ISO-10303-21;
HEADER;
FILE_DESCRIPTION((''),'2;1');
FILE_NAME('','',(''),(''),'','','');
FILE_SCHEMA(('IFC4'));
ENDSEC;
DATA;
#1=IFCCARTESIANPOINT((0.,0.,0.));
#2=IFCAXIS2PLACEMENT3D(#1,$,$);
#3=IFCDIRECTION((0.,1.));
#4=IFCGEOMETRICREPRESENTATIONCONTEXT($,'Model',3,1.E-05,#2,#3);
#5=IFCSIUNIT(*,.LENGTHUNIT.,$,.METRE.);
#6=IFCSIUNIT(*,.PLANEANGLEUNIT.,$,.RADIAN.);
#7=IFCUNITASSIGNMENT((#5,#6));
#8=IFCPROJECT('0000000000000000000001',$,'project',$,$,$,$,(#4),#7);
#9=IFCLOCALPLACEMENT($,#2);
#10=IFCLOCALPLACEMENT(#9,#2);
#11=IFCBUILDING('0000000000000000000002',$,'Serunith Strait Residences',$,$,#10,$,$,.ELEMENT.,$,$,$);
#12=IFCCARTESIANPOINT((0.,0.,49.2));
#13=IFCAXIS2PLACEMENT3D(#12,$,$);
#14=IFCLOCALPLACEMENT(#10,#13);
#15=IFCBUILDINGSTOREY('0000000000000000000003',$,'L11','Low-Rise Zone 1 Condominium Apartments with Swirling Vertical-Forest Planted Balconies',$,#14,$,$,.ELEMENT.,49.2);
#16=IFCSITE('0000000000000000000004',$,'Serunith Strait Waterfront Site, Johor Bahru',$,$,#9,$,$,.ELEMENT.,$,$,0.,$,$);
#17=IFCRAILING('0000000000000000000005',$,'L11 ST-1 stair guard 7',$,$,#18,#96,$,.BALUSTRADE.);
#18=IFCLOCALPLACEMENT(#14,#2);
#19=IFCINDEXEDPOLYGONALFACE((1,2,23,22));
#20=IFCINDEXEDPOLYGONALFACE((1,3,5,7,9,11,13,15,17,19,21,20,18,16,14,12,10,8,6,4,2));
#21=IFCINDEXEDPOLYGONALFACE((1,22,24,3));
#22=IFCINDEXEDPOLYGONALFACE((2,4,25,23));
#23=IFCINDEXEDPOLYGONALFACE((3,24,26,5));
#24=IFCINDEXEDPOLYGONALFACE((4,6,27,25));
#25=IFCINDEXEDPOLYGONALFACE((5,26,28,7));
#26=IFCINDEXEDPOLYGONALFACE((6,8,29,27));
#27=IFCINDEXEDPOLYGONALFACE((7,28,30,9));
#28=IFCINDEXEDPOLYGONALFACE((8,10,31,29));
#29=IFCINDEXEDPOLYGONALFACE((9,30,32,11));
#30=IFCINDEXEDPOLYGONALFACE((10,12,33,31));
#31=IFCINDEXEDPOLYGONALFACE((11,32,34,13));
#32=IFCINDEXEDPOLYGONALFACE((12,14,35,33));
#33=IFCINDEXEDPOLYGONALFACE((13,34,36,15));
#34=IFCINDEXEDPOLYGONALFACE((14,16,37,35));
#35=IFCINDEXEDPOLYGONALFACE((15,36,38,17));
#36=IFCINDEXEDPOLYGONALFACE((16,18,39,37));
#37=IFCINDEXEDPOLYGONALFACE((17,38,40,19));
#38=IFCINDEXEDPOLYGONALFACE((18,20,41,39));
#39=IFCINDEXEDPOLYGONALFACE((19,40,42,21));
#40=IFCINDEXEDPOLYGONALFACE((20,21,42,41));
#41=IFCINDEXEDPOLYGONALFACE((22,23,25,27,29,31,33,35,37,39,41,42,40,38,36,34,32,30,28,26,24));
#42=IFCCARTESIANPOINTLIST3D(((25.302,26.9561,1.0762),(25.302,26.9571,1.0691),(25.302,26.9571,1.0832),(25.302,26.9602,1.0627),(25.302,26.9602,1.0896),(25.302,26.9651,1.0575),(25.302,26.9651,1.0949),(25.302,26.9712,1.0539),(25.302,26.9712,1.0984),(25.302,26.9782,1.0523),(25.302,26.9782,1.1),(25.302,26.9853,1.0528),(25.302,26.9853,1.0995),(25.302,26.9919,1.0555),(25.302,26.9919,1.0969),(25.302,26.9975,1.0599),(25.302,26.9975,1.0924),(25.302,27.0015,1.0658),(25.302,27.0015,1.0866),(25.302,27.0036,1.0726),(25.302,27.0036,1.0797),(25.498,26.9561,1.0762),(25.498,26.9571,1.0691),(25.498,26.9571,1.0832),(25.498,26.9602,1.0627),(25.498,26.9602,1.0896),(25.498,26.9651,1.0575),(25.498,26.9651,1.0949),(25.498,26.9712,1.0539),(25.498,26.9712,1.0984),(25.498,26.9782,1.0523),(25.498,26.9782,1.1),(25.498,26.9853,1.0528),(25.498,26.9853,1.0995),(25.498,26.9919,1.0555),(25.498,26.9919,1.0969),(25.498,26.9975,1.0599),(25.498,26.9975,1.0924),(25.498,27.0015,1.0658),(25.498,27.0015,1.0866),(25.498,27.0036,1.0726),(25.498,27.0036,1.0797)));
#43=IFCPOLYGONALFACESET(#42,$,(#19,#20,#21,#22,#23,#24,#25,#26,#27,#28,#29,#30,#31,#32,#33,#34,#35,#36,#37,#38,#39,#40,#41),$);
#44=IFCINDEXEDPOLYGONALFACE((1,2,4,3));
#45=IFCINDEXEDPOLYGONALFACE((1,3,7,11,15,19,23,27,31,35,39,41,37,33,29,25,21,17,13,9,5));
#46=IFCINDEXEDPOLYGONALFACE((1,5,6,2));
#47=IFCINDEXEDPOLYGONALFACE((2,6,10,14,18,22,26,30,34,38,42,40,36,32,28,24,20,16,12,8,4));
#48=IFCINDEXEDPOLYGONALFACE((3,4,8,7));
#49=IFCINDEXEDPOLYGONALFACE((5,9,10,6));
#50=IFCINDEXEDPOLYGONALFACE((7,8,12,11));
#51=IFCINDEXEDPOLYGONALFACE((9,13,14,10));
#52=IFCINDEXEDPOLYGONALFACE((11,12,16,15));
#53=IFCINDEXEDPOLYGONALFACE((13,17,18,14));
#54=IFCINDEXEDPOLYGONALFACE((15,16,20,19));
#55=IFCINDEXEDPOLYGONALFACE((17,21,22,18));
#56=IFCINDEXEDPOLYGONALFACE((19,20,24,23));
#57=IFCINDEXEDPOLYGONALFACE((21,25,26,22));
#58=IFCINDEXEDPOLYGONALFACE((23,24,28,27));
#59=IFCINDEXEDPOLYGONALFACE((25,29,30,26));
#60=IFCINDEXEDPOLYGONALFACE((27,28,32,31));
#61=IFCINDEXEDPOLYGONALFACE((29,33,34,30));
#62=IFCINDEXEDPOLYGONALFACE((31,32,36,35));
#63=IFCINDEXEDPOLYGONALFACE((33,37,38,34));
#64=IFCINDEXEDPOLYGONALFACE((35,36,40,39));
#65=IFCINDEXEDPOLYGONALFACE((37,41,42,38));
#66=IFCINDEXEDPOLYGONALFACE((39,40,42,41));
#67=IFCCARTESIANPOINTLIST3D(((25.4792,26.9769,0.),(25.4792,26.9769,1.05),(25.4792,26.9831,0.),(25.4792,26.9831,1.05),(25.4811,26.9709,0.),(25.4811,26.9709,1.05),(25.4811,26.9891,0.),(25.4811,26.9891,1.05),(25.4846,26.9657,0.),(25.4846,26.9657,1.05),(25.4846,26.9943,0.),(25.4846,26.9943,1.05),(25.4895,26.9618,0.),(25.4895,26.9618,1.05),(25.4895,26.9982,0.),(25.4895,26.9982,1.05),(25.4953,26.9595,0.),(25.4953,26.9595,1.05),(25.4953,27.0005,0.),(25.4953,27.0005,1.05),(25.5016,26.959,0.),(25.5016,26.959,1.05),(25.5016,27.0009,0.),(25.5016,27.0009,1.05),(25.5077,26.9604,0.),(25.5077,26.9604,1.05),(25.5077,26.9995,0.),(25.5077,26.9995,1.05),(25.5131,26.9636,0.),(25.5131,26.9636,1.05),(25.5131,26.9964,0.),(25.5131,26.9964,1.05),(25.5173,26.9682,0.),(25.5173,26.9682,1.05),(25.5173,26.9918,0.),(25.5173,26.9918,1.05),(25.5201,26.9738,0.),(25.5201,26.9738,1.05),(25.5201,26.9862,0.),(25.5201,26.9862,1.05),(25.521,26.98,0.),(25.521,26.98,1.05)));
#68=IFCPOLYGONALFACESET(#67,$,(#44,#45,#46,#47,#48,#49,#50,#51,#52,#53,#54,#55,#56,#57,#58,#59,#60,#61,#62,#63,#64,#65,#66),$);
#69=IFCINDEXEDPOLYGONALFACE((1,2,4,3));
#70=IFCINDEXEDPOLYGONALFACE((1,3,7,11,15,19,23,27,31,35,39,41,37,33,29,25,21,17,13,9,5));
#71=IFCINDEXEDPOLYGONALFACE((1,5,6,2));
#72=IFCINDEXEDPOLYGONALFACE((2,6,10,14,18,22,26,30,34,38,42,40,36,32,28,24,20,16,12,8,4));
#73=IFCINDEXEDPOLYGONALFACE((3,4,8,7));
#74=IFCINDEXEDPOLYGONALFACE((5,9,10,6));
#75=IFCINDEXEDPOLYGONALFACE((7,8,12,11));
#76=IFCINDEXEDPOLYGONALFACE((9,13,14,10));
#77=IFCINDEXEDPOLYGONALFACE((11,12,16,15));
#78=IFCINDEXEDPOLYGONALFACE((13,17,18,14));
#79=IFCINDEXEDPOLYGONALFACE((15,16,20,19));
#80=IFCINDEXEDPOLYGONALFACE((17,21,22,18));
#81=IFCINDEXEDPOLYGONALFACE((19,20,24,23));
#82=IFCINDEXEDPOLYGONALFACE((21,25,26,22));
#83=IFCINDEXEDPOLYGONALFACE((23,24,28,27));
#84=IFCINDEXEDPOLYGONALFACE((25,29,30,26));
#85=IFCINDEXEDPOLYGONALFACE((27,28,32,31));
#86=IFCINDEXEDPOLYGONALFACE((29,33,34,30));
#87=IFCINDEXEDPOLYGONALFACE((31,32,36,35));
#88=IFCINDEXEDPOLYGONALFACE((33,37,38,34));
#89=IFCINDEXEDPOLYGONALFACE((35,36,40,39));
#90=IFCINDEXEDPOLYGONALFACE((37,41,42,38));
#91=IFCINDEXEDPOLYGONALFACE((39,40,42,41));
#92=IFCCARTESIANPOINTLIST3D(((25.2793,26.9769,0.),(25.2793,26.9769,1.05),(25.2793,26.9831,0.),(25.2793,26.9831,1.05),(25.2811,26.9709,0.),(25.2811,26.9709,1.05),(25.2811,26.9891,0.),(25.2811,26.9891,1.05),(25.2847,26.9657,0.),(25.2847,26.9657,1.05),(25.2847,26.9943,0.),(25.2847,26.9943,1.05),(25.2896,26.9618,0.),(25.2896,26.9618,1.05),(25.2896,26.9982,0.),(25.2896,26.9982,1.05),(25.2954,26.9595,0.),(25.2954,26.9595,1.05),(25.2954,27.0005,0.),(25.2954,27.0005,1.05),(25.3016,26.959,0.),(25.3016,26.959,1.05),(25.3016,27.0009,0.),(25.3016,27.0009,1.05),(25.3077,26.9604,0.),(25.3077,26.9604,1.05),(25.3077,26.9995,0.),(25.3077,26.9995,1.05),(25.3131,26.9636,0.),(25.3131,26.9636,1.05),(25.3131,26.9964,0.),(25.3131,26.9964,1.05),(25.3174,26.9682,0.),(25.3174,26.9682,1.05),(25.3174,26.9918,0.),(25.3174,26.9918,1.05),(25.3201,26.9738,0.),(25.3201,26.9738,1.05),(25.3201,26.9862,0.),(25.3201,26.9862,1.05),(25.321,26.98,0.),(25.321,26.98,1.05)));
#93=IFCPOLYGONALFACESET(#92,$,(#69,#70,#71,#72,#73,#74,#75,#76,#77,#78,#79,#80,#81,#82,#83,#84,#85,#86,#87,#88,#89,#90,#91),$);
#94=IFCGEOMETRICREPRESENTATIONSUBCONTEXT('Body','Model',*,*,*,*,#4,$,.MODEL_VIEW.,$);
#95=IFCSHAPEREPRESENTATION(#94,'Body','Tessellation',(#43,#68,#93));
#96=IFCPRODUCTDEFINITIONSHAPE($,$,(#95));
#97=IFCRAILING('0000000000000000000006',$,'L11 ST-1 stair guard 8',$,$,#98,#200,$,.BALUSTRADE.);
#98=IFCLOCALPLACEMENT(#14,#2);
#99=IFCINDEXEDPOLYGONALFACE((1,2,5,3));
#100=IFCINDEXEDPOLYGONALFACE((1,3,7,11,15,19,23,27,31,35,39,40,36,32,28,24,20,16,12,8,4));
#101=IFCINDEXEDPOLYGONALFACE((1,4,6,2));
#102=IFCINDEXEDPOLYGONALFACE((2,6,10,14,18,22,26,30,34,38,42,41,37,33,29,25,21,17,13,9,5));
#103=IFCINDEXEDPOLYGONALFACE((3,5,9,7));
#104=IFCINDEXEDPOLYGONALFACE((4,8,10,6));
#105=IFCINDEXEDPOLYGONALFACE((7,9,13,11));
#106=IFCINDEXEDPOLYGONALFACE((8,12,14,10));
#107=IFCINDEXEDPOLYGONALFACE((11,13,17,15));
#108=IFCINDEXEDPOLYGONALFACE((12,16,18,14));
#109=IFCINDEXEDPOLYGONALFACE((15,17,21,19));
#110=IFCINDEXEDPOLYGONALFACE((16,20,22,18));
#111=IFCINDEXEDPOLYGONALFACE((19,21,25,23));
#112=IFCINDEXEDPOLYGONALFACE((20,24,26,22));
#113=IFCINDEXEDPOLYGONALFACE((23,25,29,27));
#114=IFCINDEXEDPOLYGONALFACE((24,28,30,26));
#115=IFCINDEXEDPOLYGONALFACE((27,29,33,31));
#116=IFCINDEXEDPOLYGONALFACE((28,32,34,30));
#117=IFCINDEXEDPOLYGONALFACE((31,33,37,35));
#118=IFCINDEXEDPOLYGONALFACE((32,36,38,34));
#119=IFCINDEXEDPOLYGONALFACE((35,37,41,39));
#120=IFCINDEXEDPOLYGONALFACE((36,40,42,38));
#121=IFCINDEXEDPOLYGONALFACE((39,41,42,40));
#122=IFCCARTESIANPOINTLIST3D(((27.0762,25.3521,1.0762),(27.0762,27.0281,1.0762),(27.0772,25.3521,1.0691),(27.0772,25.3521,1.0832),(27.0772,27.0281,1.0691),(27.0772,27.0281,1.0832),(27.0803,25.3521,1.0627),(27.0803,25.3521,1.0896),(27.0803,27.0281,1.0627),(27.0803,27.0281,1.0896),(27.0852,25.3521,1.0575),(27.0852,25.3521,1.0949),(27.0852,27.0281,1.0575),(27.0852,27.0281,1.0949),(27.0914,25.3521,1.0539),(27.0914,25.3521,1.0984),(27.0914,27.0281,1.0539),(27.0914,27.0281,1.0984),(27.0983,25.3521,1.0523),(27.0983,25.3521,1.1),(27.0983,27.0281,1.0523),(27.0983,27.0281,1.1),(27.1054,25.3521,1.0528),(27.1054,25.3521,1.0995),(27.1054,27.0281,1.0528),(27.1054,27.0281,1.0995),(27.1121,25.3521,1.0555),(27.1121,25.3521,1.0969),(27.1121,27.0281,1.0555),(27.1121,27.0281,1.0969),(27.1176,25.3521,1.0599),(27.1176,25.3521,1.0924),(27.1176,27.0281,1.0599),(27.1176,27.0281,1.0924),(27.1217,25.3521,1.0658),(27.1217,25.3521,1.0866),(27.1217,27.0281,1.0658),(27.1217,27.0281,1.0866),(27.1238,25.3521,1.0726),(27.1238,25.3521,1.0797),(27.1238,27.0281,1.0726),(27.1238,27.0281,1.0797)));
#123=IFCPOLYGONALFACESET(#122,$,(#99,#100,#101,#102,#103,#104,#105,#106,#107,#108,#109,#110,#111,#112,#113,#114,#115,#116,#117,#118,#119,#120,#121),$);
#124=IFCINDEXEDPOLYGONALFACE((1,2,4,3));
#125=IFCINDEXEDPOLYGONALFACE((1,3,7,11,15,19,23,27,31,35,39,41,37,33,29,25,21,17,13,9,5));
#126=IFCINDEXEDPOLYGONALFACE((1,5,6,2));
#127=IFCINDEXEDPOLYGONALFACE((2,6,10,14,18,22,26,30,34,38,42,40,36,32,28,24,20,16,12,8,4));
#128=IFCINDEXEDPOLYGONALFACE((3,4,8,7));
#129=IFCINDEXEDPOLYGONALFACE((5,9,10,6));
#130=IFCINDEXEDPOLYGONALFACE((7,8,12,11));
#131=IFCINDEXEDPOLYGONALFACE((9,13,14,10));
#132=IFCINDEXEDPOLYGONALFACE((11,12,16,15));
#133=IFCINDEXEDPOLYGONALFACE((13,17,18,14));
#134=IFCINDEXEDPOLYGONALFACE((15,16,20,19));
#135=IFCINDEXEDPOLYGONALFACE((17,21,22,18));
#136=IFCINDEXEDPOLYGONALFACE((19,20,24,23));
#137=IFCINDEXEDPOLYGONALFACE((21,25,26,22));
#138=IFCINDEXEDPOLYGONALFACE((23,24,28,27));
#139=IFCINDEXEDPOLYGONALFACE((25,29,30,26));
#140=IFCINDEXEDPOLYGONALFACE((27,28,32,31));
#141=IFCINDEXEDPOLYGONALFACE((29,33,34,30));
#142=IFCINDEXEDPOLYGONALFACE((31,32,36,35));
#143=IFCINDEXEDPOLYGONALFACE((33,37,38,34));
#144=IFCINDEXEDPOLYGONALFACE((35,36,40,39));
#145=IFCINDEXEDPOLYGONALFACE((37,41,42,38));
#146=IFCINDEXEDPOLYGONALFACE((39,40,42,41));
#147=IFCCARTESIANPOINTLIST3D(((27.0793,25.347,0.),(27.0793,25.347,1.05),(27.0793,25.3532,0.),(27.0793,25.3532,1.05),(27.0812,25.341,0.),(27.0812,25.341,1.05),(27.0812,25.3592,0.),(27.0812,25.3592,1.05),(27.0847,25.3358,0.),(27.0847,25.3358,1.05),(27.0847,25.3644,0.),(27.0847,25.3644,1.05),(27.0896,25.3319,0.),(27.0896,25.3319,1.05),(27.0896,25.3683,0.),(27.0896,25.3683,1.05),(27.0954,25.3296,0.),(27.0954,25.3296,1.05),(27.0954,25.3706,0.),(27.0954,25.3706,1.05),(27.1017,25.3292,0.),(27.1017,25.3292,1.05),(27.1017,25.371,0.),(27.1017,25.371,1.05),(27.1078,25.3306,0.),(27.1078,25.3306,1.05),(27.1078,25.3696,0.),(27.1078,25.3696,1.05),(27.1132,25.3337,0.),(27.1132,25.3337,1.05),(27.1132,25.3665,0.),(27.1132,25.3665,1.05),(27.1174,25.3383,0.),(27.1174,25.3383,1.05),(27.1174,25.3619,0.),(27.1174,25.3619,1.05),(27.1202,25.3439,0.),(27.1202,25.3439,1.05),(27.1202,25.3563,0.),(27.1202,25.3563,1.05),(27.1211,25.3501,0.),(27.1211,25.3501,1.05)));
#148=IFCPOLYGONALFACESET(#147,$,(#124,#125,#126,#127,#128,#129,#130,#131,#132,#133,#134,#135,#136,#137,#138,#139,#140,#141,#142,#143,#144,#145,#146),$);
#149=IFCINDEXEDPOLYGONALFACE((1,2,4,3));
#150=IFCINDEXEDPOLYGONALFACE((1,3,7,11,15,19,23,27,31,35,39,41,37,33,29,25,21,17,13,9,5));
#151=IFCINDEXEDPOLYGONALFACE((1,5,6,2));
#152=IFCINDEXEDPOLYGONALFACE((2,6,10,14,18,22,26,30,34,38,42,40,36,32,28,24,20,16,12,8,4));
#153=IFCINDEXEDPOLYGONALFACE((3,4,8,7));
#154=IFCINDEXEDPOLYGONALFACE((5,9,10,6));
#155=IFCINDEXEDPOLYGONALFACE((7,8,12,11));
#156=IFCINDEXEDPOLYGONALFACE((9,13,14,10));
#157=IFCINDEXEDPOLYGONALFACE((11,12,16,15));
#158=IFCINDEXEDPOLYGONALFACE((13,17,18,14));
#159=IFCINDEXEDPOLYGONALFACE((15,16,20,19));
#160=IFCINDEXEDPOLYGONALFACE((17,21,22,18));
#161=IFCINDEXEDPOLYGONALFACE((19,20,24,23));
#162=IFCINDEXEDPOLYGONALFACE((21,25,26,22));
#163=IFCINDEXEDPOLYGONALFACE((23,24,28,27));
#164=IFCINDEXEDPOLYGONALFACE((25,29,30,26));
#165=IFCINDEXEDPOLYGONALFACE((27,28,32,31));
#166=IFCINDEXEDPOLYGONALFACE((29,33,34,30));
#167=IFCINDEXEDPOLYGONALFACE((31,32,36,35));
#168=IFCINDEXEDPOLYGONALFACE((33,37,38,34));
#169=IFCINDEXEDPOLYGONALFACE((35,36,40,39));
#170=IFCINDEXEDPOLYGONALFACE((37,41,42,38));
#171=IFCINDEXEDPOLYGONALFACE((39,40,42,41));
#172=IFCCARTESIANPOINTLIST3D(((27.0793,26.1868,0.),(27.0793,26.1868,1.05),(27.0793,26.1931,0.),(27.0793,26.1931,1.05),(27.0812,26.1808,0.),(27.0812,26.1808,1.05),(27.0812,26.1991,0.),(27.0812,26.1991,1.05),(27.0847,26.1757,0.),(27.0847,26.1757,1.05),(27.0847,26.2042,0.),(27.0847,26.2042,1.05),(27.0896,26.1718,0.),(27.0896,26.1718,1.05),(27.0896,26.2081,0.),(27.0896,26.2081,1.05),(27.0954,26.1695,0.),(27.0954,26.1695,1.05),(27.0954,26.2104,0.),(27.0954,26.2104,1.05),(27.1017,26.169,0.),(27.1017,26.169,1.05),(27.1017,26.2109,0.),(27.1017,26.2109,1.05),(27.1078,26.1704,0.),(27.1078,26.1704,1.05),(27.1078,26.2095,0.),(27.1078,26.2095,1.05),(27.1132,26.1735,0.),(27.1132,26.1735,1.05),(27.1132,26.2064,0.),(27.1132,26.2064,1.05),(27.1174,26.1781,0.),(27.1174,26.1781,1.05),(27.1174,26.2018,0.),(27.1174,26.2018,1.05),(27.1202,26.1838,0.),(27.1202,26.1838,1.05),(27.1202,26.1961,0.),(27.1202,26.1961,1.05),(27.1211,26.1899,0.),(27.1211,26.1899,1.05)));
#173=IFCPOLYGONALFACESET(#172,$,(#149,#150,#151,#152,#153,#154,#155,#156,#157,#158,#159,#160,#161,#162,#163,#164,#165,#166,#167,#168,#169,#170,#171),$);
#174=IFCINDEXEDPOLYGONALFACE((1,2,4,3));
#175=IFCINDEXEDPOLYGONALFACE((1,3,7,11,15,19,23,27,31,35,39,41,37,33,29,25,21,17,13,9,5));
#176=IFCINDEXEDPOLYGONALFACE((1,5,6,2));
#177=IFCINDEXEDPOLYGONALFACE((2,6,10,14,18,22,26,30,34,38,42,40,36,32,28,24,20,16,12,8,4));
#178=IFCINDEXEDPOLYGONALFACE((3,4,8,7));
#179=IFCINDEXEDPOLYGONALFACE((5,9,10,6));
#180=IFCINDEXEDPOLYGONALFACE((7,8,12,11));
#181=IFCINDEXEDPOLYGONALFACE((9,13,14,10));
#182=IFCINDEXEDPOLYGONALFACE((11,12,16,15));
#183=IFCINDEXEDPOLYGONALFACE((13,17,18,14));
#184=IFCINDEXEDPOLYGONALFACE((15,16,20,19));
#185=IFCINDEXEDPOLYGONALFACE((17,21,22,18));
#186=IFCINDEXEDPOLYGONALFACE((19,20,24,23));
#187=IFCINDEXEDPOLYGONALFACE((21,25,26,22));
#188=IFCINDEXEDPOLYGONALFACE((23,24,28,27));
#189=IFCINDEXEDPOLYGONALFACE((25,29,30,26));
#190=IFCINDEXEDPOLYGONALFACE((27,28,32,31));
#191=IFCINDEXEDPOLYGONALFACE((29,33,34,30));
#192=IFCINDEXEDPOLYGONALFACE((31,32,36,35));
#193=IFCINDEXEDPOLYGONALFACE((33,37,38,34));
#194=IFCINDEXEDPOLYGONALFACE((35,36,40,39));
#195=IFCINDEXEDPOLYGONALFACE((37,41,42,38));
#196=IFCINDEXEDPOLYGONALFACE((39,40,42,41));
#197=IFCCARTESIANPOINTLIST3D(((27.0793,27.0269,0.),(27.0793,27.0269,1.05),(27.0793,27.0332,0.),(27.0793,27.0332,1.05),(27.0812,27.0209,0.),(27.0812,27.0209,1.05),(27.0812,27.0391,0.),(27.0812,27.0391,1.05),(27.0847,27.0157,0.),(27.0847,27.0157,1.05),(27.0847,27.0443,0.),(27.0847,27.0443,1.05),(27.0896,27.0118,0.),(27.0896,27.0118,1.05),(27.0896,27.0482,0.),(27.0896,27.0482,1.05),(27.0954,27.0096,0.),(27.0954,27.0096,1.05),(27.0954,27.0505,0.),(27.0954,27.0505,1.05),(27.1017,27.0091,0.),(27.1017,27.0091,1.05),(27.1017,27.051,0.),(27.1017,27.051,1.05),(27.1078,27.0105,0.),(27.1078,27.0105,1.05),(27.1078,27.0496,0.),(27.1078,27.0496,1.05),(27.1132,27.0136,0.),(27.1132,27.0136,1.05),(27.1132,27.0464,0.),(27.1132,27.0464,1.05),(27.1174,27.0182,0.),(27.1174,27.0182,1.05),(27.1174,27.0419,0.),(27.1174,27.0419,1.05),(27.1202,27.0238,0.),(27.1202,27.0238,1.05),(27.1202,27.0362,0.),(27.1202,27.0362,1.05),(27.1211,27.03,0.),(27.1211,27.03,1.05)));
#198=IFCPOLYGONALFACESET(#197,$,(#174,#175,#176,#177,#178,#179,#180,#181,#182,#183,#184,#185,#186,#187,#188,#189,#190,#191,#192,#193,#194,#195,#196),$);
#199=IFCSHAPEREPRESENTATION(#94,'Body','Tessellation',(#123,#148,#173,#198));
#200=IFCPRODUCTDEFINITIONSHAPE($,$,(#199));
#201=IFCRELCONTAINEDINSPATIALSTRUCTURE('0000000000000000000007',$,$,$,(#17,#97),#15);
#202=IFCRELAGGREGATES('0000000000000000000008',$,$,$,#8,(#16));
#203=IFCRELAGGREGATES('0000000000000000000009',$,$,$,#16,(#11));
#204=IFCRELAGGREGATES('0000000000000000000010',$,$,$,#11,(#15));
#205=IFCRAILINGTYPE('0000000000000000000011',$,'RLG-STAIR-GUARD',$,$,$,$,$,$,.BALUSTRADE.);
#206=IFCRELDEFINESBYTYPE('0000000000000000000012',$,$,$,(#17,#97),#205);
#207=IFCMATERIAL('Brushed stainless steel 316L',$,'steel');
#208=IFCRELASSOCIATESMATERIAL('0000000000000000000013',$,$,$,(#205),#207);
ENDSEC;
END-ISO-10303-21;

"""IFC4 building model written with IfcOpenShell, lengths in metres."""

from ifc_helpers import new_model, si_unit, direction, frame, origin, origin_2d, place, context, subcontext, project, spatial, circle, extrude, material, type_object, element, save


model = new_model("IFC4")

# Units and contexts
model_context = context("Model", 3, precision=1e-05, world=origin(), true_north=direction((0.0, 1.0)))
body_context = subcontext(model_context, "Body", "Model", "MODEL_VIEW")
ifc_project = project(units=[si_unit("LENGTHUNIT", "METRE"), si_unit("PLANEANGLEUNIT", "RADIAN")], contexts=[model_context])

# Site, building, storey
site_placement = place(None, origin())
site = spatial("IfcSite", under=ifc_project, at=site_placement, Name="Serunith Strait Waterfront Site, Johor Bahru", CompositionType="ELEMENT", RefElevation=0.0)
building_placement = place(site_placement, origin())
building = spatial("IfcBuilding", under=site, at=building_placement, Name="Serunith Strait Residences", CompositionType="ELEMENT")
storey_placement = place(building_placement, frame((0.0, 0.0, 49.2)))
storey = spatial("IfcBuildingStorey", under=building, at=storey_placement, Name="L11", Description="Low-Rise Zone 1 Condominium Apartments with Swirling Vertical-Forest Planted Balconies", CompositionType="ELEMENT", Elevation=49.2)

# Railings
ifc_material_1 = material(Name="Brushed stainless steel 316L", Category="steel")
railing_type_1 = type_object("IfcRailingType", Name="RLG-STAIR-GUARD", PredefinedType="BALUSTRADE", material=ifc_material_1)
railing_1_placement = place(storey_placement, frame((25.5, 26.98, 0.0)))
element("IfcRailing", 1, at=railing_1_placement, inside=storey, type_object=railing_type_1, Name="L11 ST-1 stair guard 7", PredefinedType="BALUSTRADE", context=body_context, shape_type="SweptSolid", body=[
    extrude(circle(Radius=0.0239, at=origin_2d()), frame((-0.002, 0.0, 1.0762), z_axis=(-1.0, 0.0, 0.0), x_axis=(0.0, -1.0, 0.0)), (0.0, 0.0, 1.0), 0.196),
    extrude(circle(Radius=0.021, at=origin_2d()), origin(), (0.0, 0.0, 1.0), 1.05),
    extrude(circle(Radius=0.021, at=origin_2d()), frame((-0.2, 0.0, 0.0)), (0.0, 0.0, 1.0), 1.05),
])
for number, where, name in (
    (2, (27.1001, 25.3501, 0.0), "L11 ST-1 stair guard 8"),
):
    element("IfcRailing", number, at=place(storey_placement, frame(where)), inside=storey, type_object=railing_type_1, Name=name, PredefinedType="BALUSTRADE", context=body_context, shape_type="SweptSolid", body=[
        extrude(circle(Radius=0.0239, at=origin_2d()), frame((0.0, 0.002, 1.0762), z_axis=(0.0, 1.0, 0.0), x_axis=(-1.0, 0.0, 0.0)), (0.0, 0.0, 1.0), 1.676),
        extrude(circle(Radius=0.021, at=origin_2d()), origin(), (0.0, 0.0, 1.0), 1.05),
        extrude(circle(Radius=0.021, at=origin_2d()), frame((0.0, 0.8398, 0.0)), (0.0, 0.0, 1.0), 1.05),
        extrude(circle(Radius=0.021, at=origin_2d()), frame((0.0, 1.6799, 0.0)), (0.0, 0.0, 1.0), 1.05),
    ])

save(model, "model.ifc")
